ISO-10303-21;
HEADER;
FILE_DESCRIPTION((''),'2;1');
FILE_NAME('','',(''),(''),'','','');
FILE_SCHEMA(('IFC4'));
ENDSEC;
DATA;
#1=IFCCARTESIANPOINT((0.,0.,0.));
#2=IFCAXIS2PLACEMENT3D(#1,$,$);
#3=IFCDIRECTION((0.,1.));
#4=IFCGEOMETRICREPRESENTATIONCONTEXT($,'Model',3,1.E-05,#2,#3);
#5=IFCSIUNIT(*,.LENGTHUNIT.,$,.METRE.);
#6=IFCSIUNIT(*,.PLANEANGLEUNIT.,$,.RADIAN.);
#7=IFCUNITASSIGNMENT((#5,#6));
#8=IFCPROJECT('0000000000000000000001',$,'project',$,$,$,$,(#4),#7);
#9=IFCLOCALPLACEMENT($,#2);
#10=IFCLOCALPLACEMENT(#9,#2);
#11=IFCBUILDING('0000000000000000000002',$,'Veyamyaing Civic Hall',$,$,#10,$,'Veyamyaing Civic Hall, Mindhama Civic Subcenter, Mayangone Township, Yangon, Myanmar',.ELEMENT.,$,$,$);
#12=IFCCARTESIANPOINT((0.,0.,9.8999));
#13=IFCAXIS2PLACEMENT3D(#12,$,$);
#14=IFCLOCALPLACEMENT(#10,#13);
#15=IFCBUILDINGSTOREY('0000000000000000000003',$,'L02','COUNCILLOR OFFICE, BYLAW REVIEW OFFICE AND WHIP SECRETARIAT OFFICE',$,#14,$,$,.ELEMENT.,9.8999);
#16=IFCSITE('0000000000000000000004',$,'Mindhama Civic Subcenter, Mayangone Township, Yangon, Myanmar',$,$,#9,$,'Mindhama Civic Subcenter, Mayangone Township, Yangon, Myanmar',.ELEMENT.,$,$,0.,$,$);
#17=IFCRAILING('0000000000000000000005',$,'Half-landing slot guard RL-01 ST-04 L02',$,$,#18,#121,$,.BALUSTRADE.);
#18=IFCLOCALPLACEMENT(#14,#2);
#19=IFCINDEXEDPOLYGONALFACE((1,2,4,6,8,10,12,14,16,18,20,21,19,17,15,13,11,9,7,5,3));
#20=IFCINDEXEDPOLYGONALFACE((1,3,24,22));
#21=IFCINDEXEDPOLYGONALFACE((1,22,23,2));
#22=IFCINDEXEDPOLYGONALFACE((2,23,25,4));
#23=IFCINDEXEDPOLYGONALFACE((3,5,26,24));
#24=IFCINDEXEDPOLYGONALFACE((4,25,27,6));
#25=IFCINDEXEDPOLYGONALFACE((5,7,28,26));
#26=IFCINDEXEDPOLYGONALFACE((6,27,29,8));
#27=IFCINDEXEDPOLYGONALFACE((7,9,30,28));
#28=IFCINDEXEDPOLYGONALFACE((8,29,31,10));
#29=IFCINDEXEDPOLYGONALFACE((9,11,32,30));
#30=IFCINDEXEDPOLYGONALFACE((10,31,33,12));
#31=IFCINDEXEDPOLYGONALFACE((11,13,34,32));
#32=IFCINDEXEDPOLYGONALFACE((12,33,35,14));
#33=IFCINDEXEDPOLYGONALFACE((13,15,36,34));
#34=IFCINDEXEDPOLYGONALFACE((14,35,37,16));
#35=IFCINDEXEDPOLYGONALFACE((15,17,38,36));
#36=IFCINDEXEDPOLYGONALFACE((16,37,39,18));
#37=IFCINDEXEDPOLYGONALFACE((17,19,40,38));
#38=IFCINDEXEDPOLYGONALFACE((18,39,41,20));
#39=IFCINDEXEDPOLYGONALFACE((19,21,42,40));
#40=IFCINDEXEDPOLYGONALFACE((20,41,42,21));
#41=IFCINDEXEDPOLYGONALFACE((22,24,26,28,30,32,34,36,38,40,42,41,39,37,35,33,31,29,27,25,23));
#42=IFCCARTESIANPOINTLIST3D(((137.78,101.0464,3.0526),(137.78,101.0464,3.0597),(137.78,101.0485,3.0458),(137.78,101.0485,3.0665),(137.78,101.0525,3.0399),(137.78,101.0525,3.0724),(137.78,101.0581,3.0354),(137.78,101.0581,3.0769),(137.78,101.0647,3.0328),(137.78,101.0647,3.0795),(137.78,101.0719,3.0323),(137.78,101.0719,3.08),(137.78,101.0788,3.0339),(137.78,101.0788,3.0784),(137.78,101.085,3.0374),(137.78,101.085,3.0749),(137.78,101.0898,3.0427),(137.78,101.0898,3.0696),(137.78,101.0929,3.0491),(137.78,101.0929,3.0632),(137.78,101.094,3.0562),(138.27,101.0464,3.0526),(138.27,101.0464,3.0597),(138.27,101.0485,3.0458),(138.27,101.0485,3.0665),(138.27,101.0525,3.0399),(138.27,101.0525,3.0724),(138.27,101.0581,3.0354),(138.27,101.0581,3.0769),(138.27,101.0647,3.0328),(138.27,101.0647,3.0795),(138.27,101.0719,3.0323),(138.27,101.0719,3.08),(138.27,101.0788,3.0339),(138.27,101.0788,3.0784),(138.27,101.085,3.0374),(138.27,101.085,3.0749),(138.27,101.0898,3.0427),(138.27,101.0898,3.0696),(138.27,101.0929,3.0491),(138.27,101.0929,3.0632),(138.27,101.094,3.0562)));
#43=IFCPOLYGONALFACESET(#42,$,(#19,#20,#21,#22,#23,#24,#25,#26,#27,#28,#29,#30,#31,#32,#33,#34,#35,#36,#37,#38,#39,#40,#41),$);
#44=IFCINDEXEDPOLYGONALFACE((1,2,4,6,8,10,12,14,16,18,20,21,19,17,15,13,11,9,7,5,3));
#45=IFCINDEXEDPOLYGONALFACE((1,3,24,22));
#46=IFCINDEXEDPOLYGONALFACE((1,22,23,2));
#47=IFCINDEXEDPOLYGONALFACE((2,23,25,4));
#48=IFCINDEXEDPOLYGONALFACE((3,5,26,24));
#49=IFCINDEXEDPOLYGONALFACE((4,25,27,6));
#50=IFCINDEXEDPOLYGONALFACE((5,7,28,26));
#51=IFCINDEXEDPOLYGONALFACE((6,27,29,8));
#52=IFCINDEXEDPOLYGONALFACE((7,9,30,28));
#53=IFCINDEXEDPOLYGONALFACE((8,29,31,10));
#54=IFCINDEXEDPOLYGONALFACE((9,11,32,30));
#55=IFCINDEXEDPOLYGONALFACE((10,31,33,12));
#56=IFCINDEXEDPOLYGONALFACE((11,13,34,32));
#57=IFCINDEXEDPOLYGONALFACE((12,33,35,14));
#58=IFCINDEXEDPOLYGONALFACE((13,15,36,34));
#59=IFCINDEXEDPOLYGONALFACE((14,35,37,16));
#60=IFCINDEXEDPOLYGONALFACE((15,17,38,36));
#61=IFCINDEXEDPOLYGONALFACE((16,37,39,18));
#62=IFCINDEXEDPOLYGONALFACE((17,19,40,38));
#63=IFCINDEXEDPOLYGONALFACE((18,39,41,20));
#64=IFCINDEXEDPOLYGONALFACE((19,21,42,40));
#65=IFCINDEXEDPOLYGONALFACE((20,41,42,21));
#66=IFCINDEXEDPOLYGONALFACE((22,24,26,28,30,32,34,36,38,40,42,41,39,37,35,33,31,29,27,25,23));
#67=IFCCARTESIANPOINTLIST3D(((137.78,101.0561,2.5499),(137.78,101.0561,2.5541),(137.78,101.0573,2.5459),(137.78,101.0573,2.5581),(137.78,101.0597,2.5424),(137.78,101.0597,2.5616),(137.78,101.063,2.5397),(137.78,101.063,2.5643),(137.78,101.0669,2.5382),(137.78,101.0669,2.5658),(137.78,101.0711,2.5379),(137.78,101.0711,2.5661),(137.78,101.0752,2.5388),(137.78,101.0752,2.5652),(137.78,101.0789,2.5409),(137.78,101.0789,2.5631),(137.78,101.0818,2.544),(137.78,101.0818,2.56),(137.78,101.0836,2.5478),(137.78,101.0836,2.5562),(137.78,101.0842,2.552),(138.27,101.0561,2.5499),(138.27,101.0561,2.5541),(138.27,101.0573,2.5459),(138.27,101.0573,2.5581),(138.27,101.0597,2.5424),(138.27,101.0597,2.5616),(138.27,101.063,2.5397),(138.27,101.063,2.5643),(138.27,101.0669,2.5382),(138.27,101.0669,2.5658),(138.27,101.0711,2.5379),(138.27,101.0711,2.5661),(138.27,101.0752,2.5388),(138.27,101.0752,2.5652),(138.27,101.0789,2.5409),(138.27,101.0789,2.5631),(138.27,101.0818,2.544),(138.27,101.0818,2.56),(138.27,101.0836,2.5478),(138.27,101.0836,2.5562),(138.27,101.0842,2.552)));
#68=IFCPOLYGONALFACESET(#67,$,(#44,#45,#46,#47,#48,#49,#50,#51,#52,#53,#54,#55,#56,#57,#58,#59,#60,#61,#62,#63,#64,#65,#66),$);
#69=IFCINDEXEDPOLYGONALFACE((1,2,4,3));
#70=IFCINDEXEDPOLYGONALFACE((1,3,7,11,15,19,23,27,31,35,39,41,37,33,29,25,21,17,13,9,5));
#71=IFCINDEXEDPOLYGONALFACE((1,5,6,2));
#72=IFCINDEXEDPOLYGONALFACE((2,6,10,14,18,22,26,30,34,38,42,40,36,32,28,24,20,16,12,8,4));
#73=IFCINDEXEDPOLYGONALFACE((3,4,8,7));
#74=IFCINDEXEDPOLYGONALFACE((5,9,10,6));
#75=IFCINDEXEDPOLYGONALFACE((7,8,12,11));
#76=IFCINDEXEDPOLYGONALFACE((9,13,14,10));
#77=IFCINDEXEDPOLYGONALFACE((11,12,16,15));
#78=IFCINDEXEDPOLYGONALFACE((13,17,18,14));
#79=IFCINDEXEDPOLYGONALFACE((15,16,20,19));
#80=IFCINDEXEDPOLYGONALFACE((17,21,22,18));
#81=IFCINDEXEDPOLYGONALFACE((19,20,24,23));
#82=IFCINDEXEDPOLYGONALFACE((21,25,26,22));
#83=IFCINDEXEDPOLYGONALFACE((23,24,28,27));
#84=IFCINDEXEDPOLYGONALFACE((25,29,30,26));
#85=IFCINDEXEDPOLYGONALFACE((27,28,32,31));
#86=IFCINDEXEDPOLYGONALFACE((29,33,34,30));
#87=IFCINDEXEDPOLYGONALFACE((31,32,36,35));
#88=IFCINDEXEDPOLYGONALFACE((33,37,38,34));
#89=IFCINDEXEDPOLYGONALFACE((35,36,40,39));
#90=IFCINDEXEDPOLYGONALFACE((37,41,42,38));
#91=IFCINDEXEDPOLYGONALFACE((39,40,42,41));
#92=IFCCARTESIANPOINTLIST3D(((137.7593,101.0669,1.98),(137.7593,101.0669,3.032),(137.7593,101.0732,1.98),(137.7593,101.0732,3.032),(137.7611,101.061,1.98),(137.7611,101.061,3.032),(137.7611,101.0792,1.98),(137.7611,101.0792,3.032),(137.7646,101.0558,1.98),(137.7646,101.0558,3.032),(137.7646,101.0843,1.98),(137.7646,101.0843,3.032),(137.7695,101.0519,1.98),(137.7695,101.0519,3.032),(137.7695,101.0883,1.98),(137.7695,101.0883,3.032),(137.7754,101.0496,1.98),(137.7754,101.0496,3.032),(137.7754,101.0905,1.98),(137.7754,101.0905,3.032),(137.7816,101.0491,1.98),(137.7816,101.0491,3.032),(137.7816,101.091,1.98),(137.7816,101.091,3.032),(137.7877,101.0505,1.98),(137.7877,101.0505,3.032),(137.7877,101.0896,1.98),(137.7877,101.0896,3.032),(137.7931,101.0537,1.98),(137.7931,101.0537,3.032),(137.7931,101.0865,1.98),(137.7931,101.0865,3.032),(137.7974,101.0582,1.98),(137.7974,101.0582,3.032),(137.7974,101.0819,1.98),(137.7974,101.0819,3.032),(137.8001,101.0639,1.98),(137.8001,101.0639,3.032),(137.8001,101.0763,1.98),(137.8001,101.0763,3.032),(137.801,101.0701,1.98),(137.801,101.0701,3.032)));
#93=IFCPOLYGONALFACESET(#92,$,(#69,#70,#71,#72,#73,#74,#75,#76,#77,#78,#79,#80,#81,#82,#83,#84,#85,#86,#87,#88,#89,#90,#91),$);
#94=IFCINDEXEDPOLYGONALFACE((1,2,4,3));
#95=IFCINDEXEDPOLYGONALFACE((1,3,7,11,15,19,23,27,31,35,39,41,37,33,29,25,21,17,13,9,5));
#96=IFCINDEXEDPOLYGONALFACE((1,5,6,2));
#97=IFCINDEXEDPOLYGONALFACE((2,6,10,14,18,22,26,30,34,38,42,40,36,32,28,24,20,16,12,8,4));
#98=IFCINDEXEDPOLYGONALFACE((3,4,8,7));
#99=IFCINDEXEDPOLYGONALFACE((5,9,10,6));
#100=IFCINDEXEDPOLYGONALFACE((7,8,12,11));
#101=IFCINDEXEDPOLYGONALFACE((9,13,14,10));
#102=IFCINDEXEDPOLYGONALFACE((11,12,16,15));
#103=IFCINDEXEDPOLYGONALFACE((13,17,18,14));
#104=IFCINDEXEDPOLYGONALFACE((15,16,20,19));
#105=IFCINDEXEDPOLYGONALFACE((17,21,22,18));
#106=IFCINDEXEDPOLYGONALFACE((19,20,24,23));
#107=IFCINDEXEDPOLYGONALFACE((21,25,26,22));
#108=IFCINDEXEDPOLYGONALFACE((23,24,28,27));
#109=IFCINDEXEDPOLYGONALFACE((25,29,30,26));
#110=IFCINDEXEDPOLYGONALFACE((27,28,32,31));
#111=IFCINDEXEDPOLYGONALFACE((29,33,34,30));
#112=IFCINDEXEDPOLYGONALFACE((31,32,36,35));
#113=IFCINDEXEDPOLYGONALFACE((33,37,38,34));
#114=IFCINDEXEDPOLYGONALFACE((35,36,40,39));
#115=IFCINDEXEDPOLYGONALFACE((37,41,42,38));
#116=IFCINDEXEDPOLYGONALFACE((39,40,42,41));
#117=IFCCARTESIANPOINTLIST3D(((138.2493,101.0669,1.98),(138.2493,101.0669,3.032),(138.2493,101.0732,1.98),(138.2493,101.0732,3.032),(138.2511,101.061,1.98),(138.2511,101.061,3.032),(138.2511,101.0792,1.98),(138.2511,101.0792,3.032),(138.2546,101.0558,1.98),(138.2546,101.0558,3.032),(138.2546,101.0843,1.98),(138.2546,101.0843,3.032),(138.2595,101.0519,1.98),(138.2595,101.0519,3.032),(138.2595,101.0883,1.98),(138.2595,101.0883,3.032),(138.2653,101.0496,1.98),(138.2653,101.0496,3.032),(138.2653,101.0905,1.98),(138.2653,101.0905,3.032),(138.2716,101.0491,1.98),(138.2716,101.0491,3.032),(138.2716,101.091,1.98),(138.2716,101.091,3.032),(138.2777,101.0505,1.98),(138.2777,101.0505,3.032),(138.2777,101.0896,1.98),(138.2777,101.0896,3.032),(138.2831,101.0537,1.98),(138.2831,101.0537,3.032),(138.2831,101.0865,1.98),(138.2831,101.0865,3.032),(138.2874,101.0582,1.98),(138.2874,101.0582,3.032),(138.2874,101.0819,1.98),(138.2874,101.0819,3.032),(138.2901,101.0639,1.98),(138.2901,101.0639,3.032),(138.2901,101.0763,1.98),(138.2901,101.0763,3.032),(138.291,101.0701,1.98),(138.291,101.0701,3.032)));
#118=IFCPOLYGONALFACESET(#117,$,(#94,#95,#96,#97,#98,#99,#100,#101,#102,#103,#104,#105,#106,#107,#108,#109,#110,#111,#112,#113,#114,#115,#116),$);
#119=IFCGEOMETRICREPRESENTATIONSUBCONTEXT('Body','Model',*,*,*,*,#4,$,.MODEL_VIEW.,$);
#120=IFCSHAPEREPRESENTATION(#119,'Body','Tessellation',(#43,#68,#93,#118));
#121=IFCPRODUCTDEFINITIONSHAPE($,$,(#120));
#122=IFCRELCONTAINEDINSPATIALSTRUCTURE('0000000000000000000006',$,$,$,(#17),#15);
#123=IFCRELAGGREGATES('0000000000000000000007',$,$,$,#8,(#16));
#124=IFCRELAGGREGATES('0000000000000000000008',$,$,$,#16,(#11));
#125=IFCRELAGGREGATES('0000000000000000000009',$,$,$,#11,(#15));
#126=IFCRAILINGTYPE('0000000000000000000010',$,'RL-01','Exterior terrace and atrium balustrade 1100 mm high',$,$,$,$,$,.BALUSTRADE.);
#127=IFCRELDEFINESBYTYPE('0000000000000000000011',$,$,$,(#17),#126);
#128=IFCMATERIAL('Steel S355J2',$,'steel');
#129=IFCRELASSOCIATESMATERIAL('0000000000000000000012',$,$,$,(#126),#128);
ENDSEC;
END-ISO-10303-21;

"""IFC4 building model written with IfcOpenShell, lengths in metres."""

from ifc_helpers import new_model, si_unit, direction, frame, origin, origin_2d, place, context, subcontext, project, spatial, circle, extrude, material, type_object, element, save


model = new_model("IFC4")

# Units and contexts
model_context = context("Model", 3, precision=1e-05, world=origin(), true_north=direction((0.0, 1.0)))
body_context = subcontext(model_context, "Body", "Model", "MODEL_VIEW")
ifc_project = project(units=[si_unit("LENGTHUNIT", "METRE"), si_unit("PLANEANGLEUNIT", "RADIAN")], contexts=[model_context])

# Site, building, storey
site_placement = place(None, origin())
site = spatial("IfcSite", under=ifc_project, at=site_placement, Name="Mindhama Civic Subcenter, Mayangone Township, Yangon, Myanmar", LongName="Mindhama Civic Subcenter, Mayangone Township, Yangon, Myanmar", CompositionType="ELEMENT", RefElevation=0.0)
building_placement = place(site_placement, origin())
building = spatial("IfcBuilding", under=site, at=building_placement, Name="Veyamyaing Civic Hall", LongName="Veyamyaing Civic Hall, Mindhama Civic Subcenter, Mayangone Township, Yangon, Myanmar", CompositionType="ELEMENT")
storey_placement = place(building_placement, frame((0.0, 0.0, 9.8999)))
storey = spatial("IfcBuildingStorey", under=building, at=storey_placement, Name="L02", Description="COUNCILLOR OFFICE, BYLAW REVIEW OFFICE AND WHIP SECRETARIAT OFFICE", CompositionType="ELEMENT", Elevation=9.8999)

# Railing
ifc_material_1 = material(Name="Steel S355J2", Category="steel")
railing_type_1 = type_object("IfcRailingType", Name="RL-01", Description="Exterior terrace and atrium balustrade 1100 mm high", PredefinedType="BALUSTRADE", material=ifc_material_1)
railing_1_placement = place(storey_placement, frame((137.78, 101.0701, 1.98)))
element("IfcRailing", 1, at=railing_1_placement, inside=storey, type_object=railing_type_1, Name="Half-landing slot guard RL-01 ST-04 L02", PredefinedType="BALUSTRADE", context=body_context, shape_type="SweptSolid", body=[
    extrude(circle(Radius=0.0239, at=origin_2d()), frame((0.0, 0.0, 1.0762), z_axis=(1.0, 0.0, 0.0), x_axis=(0.0, 1.0, 0.0)), (0.0, 0.0, 1.0), 0.49),
    extrude(circle(Radius=0.0142, at=origin_2d()), frame((0.0, 0.0, 0.572), z_axis=(1.0, 0.0, 0.0), x_axis=(0.0, 1.0, 0.0)), (0.0, 0.0, 1.0), 0.49),
    extrude(circle(Radius=0.021, at=origin_2d()), origin(), (0.0, 0.0, 1.0), 1.052),
    extrude(circle(Radius=0.021, at=origin_2d()), frame((0.49, 0.0, 0.0)), (0.0, 0.0, 1.0), 1.052),
])

save(model, "model.ifc")
